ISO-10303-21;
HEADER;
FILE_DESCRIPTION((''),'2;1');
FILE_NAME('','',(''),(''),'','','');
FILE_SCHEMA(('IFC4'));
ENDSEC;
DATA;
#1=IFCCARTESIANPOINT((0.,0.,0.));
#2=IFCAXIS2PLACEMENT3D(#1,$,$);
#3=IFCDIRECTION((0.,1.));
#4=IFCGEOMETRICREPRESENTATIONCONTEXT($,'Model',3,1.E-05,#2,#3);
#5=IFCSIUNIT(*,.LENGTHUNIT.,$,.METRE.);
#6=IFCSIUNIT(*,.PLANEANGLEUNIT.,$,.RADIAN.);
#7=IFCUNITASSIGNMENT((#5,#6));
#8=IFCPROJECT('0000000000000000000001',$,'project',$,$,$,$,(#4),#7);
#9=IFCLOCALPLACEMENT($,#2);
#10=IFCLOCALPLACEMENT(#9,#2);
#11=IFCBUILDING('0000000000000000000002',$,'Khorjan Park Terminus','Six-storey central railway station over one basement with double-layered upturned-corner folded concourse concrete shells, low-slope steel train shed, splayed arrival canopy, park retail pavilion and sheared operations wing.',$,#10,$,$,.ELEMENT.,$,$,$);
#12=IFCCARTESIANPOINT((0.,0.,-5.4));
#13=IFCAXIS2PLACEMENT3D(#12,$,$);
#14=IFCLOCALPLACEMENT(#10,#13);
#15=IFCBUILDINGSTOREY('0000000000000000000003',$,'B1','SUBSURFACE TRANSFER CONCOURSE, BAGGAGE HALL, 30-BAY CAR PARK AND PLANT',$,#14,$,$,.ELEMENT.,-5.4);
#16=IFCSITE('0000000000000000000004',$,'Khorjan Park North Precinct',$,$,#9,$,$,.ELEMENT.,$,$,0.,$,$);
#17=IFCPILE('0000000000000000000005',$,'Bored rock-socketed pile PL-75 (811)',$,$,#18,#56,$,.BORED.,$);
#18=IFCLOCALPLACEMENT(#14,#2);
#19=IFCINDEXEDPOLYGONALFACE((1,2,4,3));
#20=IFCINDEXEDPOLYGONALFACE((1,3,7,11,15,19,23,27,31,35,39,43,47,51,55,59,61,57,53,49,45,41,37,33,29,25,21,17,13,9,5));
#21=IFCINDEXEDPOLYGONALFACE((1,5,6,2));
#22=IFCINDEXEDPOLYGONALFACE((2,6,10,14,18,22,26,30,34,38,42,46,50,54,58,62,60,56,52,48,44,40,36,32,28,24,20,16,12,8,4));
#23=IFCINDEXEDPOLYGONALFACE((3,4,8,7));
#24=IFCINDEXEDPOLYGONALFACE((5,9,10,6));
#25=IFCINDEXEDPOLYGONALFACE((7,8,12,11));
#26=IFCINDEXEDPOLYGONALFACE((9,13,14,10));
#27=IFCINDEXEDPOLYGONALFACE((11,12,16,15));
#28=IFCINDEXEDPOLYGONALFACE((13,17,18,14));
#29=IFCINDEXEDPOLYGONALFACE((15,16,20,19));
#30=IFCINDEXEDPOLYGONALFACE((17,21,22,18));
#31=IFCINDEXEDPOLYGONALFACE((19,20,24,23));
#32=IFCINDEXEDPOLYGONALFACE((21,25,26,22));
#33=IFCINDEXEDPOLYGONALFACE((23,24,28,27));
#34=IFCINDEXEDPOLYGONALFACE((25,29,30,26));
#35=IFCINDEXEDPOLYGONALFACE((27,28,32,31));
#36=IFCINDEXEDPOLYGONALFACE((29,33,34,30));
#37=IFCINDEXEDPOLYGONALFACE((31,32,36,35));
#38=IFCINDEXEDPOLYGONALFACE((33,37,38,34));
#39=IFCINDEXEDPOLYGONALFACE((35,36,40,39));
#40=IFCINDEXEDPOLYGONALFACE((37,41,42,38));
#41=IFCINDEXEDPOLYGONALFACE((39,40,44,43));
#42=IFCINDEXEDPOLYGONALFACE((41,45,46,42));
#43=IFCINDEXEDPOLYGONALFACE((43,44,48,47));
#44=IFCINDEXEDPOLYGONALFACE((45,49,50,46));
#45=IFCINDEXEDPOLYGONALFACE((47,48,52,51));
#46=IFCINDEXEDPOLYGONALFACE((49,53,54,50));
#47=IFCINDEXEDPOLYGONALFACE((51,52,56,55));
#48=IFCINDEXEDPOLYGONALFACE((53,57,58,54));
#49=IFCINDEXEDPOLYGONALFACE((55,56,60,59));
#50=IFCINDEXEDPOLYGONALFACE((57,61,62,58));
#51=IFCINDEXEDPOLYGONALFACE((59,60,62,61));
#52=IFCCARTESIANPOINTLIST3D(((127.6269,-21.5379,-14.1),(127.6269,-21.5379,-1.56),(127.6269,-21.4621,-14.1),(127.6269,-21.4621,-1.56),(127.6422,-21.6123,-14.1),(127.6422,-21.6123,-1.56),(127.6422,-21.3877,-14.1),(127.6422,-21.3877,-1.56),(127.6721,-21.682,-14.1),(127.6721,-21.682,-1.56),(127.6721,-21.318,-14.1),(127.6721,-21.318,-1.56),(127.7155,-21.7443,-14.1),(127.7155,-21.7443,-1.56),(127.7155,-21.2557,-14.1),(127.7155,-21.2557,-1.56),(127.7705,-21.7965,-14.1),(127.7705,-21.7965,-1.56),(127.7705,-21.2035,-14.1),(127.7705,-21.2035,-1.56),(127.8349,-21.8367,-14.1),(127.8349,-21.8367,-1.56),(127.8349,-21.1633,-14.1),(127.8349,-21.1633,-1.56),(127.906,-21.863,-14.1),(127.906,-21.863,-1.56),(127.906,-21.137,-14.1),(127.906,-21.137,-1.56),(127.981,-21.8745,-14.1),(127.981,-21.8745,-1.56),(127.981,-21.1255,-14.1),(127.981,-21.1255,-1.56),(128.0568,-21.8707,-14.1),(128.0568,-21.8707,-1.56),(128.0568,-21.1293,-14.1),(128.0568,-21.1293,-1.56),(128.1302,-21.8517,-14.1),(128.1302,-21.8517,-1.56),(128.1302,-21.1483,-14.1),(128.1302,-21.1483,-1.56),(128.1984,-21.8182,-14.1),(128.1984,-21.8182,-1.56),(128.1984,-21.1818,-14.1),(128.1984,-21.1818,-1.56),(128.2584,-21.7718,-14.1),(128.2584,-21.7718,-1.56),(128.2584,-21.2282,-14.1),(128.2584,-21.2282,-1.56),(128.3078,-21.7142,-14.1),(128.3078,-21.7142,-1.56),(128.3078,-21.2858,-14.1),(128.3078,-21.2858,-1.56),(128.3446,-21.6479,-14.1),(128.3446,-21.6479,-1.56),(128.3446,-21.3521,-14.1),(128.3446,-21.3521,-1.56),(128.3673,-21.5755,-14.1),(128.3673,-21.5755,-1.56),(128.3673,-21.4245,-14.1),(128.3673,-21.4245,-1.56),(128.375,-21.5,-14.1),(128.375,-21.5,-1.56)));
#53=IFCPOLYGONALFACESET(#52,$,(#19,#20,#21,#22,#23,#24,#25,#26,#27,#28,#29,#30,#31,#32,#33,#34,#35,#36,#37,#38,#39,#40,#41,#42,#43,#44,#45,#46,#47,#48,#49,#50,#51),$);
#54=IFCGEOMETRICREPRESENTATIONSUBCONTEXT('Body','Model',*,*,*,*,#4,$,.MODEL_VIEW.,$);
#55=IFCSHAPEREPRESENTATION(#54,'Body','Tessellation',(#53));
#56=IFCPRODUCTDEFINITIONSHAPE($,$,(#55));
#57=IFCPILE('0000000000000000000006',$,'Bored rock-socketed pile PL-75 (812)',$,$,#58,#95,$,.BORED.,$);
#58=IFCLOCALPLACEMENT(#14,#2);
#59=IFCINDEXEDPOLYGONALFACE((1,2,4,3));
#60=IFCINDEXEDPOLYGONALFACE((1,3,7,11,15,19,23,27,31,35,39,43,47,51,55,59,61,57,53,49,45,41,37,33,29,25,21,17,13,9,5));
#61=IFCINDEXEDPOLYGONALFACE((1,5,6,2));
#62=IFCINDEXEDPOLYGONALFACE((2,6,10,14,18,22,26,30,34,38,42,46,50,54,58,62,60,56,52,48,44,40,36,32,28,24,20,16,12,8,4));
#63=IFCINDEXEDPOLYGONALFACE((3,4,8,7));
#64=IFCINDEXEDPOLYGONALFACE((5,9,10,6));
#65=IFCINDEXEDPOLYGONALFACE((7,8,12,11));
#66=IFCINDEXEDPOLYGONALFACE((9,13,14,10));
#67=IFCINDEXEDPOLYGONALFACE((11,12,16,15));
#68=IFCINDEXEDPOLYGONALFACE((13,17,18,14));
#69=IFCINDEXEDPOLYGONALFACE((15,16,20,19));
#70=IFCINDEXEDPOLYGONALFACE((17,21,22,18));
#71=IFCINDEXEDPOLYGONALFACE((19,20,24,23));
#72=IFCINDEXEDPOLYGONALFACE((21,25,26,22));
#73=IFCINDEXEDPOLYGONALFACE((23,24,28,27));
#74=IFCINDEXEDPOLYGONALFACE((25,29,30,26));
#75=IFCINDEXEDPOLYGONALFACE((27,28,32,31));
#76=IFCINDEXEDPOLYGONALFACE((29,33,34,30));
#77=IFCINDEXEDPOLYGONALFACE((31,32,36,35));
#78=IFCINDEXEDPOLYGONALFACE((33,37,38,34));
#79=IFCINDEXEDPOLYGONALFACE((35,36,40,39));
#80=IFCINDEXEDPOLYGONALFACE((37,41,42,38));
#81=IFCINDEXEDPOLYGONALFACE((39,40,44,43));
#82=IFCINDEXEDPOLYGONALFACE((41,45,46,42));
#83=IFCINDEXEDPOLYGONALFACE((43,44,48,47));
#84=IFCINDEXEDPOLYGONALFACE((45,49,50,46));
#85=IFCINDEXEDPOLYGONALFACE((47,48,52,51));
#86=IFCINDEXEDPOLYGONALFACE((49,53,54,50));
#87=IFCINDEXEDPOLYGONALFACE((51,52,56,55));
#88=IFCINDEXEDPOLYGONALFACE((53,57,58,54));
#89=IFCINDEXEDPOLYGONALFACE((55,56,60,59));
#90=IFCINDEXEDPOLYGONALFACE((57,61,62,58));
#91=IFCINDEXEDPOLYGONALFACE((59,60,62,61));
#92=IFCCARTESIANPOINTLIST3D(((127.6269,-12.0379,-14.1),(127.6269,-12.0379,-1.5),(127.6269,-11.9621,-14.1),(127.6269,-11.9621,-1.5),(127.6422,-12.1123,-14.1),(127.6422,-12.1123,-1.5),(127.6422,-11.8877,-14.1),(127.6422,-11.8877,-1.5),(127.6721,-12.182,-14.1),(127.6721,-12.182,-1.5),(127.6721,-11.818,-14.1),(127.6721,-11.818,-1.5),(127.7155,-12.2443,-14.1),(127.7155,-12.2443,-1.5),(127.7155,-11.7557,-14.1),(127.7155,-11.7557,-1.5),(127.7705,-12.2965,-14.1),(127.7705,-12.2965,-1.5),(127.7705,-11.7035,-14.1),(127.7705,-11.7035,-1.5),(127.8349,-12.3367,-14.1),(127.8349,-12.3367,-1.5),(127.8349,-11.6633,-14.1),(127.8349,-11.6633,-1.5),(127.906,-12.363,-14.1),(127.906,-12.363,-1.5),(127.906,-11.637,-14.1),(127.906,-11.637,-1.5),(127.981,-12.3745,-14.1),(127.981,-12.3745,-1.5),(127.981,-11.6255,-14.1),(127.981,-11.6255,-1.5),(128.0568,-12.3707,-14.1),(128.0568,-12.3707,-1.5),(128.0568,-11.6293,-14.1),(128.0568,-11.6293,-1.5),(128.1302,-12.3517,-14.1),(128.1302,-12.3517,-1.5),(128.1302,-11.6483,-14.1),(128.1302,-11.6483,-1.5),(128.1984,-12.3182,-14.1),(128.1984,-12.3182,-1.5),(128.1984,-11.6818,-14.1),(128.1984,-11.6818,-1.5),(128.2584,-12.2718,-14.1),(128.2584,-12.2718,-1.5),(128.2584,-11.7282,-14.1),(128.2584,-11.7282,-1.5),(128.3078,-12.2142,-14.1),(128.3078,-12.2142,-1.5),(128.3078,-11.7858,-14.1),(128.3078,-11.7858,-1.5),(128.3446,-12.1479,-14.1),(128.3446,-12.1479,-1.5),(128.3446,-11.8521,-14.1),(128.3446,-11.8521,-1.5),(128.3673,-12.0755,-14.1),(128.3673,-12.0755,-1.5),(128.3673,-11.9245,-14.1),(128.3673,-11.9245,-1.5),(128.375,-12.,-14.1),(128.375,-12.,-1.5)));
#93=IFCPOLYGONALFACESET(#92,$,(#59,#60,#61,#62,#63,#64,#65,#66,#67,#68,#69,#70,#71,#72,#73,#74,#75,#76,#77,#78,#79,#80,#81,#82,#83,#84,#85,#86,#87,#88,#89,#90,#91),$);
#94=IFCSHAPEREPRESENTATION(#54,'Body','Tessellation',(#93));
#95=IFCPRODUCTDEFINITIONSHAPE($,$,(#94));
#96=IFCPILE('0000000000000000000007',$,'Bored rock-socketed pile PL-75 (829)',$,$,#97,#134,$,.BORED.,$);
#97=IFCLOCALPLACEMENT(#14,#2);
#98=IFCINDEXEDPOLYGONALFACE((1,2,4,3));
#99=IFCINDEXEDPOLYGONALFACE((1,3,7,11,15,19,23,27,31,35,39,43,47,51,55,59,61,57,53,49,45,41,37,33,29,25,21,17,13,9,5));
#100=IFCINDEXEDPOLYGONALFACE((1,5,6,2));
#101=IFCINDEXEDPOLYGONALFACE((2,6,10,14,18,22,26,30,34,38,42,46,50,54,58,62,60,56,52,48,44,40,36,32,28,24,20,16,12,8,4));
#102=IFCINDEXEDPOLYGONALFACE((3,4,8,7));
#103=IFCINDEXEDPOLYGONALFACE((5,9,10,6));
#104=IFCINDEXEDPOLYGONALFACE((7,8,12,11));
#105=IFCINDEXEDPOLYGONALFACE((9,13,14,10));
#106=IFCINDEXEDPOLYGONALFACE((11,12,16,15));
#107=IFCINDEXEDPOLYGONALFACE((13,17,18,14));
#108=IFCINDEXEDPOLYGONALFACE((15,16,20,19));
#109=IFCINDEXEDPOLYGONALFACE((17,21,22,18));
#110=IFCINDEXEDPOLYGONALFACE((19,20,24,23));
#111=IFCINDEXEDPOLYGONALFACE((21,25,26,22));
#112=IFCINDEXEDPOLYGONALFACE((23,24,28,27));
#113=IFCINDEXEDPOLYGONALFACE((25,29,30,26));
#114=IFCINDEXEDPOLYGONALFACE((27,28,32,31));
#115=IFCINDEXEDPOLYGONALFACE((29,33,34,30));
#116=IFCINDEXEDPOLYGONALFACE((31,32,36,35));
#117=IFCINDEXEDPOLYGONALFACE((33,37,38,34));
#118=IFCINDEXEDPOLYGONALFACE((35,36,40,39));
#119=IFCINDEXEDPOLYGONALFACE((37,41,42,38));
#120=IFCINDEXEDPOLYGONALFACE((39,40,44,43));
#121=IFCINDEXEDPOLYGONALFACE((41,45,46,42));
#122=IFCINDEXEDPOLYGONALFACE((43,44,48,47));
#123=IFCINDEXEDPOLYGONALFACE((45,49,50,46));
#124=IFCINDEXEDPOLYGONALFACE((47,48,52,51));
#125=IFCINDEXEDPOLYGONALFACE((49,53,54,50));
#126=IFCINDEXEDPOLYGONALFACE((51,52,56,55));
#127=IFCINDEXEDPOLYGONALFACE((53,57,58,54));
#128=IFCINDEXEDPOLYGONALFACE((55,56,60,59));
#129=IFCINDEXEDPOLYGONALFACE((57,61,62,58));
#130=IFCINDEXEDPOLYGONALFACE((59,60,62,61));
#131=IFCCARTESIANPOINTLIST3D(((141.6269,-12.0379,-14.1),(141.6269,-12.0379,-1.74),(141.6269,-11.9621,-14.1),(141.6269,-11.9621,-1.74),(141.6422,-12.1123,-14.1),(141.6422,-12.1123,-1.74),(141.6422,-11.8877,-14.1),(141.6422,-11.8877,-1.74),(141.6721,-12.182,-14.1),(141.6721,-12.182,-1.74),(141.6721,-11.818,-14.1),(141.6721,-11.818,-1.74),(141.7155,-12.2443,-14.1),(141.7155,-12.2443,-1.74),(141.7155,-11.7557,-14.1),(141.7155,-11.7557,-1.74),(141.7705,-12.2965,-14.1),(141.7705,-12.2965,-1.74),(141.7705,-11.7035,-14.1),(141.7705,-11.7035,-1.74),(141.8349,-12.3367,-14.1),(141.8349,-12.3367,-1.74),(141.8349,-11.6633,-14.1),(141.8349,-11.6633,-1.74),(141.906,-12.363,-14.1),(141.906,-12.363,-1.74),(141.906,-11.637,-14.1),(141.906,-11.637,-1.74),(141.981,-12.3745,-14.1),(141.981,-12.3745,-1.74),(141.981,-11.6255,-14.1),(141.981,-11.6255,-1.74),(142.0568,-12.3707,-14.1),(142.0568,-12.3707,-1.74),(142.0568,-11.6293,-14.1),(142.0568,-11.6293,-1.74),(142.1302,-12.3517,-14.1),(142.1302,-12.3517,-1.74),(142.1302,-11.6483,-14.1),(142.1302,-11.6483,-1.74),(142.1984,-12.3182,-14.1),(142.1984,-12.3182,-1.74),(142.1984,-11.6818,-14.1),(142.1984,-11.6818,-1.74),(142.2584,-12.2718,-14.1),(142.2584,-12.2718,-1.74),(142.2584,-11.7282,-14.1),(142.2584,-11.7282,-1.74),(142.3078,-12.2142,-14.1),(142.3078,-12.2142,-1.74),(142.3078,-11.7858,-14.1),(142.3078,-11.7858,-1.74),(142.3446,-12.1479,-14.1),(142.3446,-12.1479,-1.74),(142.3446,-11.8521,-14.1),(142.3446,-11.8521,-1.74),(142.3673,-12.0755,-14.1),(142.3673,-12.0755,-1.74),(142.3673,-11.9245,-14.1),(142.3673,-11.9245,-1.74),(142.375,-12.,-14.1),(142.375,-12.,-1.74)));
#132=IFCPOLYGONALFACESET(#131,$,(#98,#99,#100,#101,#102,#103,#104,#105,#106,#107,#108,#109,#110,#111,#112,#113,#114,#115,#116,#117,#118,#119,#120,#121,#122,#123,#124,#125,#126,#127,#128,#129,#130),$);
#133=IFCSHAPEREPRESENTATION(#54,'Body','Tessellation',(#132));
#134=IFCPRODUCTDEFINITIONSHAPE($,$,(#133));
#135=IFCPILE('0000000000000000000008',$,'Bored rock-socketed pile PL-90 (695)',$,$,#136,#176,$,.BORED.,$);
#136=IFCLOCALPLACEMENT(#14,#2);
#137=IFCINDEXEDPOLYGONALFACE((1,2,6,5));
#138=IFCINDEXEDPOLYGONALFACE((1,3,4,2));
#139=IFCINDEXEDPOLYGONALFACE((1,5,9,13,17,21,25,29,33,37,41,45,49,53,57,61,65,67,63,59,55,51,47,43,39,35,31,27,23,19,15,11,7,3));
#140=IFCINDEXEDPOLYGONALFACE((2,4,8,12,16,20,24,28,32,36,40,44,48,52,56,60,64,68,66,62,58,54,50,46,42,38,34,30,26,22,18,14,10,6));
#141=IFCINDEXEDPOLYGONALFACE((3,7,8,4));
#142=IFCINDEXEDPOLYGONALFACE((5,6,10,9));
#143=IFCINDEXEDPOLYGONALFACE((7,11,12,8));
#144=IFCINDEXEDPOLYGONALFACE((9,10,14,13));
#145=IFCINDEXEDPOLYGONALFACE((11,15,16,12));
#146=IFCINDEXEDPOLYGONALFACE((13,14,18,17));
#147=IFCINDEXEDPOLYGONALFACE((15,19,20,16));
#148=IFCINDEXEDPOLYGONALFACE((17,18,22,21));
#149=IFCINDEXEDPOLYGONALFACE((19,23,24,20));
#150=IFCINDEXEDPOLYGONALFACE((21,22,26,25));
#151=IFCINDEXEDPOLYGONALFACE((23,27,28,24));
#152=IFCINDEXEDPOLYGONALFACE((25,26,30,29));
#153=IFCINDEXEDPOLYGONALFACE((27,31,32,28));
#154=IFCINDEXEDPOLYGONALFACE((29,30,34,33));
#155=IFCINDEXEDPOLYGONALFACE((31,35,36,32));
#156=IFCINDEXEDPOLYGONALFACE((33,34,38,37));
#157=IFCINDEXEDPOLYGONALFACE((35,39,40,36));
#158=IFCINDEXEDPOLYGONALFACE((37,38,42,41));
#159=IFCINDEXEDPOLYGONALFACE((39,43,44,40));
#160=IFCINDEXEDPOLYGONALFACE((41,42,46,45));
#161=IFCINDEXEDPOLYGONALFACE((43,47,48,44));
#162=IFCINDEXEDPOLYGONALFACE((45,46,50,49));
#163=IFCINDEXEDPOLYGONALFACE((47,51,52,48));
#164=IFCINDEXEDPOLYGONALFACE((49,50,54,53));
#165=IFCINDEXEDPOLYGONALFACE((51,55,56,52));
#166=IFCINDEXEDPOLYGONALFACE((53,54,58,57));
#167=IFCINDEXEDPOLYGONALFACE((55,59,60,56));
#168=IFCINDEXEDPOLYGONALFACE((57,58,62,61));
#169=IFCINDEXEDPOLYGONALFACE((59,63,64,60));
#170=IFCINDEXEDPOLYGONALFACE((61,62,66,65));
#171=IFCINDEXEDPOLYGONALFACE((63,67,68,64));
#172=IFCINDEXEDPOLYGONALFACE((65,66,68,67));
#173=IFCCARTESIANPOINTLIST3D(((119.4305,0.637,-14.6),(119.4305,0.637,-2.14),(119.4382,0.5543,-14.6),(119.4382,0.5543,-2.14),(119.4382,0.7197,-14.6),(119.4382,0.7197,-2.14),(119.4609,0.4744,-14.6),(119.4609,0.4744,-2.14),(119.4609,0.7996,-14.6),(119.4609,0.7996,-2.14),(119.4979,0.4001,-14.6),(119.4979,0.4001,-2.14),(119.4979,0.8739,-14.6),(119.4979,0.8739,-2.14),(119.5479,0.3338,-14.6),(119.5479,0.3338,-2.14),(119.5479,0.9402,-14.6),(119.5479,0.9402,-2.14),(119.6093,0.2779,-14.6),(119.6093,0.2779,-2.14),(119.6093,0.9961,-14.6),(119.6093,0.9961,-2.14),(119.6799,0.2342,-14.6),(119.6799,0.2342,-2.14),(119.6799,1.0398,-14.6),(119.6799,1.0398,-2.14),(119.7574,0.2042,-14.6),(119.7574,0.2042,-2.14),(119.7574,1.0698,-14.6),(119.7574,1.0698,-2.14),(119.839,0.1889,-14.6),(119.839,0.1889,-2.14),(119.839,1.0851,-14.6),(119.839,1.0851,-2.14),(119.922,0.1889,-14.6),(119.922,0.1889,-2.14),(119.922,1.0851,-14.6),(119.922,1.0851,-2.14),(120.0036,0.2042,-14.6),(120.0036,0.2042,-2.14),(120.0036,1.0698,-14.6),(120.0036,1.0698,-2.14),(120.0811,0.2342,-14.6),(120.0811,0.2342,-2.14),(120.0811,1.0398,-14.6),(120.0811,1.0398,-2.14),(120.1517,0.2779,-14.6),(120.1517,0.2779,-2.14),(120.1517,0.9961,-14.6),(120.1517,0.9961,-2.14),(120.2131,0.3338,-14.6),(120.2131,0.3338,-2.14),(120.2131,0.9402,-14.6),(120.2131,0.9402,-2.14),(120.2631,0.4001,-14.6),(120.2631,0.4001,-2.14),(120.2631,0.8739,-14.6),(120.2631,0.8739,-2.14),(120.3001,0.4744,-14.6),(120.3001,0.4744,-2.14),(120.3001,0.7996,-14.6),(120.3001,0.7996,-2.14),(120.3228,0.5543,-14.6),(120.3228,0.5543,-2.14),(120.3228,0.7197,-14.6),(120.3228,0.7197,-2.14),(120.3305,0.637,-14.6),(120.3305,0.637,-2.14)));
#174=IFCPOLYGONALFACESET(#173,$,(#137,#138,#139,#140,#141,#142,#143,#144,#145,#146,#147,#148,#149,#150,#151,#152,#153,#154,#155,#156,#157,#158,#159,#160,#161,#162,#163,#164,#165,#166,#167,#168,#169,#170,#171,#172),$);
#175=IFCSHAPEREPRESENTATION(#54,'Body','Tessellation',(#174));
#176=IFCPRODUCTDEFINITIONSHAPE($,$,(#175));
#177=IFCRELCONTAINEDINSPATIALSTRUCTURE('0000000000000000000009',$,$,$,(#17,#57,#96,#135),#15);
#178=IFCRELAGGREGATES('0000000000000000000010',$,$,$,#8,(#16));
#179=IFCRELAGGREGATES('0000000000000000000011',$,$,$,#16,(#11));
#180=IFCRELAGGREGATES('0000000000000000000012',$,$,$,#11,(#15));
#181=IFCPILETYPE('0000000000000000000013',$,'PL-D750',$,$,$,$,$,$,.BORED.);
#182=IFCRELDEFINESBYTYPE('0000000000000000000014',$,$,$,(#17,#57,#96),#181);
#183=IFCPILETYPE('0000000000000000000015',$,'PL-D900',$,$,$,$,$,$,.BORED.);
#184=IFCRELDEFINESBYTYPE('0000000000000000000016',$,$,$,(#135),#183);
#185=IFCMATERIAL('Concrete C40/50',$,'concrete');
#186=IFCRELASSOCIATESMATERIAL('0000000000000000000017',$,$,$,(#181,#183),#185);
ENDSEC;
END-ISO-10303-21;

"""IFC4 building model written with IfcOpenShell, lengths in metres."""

from ifc_helpers import new_model, si_unit, direction, frame, origin, origin_2d, place, context, subcontext, project, spatial, circle, extrude, material, material_profile, profile_set, type_object, element, save


model = new_model("IFC4")

# Units and contexts
model_context = context("Model", 3, precision=1e-05, world=origin(), true_north=direction((0.0, 1.0)))
body_context = subcontext(model_context, "Body", "Model", "MODEL_VIEW")
ifc_project = project(units=[si_unit("LENGTHUNIT", "METRE"), si_unit("PLANEANGLEUNIT", "RADIAN")], contexts=[model_context])

# Site, building, storey
site_placement = place(None, origin())
site = spatial("IfcSite", under=ifc_project, at=site_placement, Name="Khorjan Park North Precinct", CompositionType="ELEMENT", RefElevation=0.0)
building_placement = place(site_placement, origin())
building = spatial("IfcBuilding", under=site, at=building_placement, Name="Khorjan Park Terminus", Description="Six-storey central railway station over one basement with double-layered upturned-corner folded concourse concrete shells, low-slope steel train shed, splayed arrival canopy, park retail pavilion and sheared operations wing.", CompositionType="ELEMENT")
storey_placement = place(building_placement, frame((0.0, 0.0, -5.4)))
storey = spatial("IfcBuildingStorey", under=building, at=storey_placement, Name="B1", Description="SUBSURFACE TRANSFER CONCOURSE, BAGGAGE HALL, 30-BAY CAR PARK AND PLANT", CompositionType="ELEMENT", Elevation=-5.4)

# Shared definitions
ifc_material_1 = material(Name="Concrete C40/50", Category="concrete")

# Piles
ifc_material_profile_1 = material_profile(ifc_material_1, circle(Radius=0.375, at=origin_2d()), Name="BORED D750")
ifc_profile_set_1 = profile_set([ifc_material_profile_1], Name="Concrete C40/50")
pile_type_1 = type_object("IfcPileType", Name="PL-D750", PredefinedType="BORED", material=ifc_profile_set_1)
pile_1_placement = place(storey_placement, frame((128.0, -21.5, -1.56), z_axis=(0.0, 0.0, -1.0), x_axis=(1.0, 0.0, 0.0)))
element("IfcPile", 1, at=pile_1_placement, inside=storey, type_object=pile_type_1, Name="Bored rock-socketed pile PL-75 (811)", PredefinedType="BORED", context=body_context, shape_type="SweptSolid", body=[
    extrude(circle(Radius=0.375, at=origin_2d()), origin(), (0.0, 0.0, 1.0), 12.54),
])
pile_2_placement = place(storey_placement, frame((128.0, -12.0, -1.5), z_axis=(0.0, 0.0, -1.0), x_axis=(1.0, 0.0, 0.0)))
element("IfcPile", 2, at=pile_2_placement, inside=storey, type_object=pile_type_1, Name="Bored rock-socketed pile PL-75 (812)", PredefinedType="BORED", context=body_context, shape_type="SweptSolid", body=[
    extrude(circle(Radius=0.375, at=origin_2d()), origin(), (0.0, 0.0, 1.0), 12.6),
])
pile_3_placement = place(storey_placement, frame((142.0, -12.0, -1.74), z_axis=(0.0, 0.0, -1.0), x_axis=(1.0, 0.0, 0.0)))
element("IfcPile", 3, at=pile_3_placement, inside=storey, type_object=pile_type_1, Name="Bored rock-socketed pile PL-75 (829)", PredefinedType="BORED", context=body_context, shape_type="SweptSolid", body=[
    extrude(circle(Radius=0.375, at=origin_2d()), origin(), (0.0, 0.0, 1.0), 12.36),
])
ifc_material_profile_2 = material_profile(ifc_material_1, circle(Radius=0.45, at=origin_2d()), Name="BORED D900")
ifc_profile_set_2 = profile_set([ifc_material_profile_2], Name="Concrete C40/50")
pile_type_2 = type_object("IfcPileType", Name="PL-D900", PredefinedType="BORED", material=ifc_profile_set_2)
for number, where, z_axis, x_axis, name in (
    (4, (119.8805, 0.637, -2.14), (0.0, 0.0, -1.0), (1.0, 0.0, 0.0), "Bored rock-socketed pile PL-90 (695)"),
):
    element("IfcPile", number, at=place(storey_placement, frame(where, z_axis=z_axis, x_axis=x_axis)), inside=storey, type_object=pile_type_2, Name=name, PredefinedType="BORED", context=body_context, shape_type="SweptSolid", body=[
        extrude(circle(Radius=0.45, at=origin_2d()), origin(), (0.0, 0.0, 1.0), 12.46),
    ])

save(model, "model.ifc")
